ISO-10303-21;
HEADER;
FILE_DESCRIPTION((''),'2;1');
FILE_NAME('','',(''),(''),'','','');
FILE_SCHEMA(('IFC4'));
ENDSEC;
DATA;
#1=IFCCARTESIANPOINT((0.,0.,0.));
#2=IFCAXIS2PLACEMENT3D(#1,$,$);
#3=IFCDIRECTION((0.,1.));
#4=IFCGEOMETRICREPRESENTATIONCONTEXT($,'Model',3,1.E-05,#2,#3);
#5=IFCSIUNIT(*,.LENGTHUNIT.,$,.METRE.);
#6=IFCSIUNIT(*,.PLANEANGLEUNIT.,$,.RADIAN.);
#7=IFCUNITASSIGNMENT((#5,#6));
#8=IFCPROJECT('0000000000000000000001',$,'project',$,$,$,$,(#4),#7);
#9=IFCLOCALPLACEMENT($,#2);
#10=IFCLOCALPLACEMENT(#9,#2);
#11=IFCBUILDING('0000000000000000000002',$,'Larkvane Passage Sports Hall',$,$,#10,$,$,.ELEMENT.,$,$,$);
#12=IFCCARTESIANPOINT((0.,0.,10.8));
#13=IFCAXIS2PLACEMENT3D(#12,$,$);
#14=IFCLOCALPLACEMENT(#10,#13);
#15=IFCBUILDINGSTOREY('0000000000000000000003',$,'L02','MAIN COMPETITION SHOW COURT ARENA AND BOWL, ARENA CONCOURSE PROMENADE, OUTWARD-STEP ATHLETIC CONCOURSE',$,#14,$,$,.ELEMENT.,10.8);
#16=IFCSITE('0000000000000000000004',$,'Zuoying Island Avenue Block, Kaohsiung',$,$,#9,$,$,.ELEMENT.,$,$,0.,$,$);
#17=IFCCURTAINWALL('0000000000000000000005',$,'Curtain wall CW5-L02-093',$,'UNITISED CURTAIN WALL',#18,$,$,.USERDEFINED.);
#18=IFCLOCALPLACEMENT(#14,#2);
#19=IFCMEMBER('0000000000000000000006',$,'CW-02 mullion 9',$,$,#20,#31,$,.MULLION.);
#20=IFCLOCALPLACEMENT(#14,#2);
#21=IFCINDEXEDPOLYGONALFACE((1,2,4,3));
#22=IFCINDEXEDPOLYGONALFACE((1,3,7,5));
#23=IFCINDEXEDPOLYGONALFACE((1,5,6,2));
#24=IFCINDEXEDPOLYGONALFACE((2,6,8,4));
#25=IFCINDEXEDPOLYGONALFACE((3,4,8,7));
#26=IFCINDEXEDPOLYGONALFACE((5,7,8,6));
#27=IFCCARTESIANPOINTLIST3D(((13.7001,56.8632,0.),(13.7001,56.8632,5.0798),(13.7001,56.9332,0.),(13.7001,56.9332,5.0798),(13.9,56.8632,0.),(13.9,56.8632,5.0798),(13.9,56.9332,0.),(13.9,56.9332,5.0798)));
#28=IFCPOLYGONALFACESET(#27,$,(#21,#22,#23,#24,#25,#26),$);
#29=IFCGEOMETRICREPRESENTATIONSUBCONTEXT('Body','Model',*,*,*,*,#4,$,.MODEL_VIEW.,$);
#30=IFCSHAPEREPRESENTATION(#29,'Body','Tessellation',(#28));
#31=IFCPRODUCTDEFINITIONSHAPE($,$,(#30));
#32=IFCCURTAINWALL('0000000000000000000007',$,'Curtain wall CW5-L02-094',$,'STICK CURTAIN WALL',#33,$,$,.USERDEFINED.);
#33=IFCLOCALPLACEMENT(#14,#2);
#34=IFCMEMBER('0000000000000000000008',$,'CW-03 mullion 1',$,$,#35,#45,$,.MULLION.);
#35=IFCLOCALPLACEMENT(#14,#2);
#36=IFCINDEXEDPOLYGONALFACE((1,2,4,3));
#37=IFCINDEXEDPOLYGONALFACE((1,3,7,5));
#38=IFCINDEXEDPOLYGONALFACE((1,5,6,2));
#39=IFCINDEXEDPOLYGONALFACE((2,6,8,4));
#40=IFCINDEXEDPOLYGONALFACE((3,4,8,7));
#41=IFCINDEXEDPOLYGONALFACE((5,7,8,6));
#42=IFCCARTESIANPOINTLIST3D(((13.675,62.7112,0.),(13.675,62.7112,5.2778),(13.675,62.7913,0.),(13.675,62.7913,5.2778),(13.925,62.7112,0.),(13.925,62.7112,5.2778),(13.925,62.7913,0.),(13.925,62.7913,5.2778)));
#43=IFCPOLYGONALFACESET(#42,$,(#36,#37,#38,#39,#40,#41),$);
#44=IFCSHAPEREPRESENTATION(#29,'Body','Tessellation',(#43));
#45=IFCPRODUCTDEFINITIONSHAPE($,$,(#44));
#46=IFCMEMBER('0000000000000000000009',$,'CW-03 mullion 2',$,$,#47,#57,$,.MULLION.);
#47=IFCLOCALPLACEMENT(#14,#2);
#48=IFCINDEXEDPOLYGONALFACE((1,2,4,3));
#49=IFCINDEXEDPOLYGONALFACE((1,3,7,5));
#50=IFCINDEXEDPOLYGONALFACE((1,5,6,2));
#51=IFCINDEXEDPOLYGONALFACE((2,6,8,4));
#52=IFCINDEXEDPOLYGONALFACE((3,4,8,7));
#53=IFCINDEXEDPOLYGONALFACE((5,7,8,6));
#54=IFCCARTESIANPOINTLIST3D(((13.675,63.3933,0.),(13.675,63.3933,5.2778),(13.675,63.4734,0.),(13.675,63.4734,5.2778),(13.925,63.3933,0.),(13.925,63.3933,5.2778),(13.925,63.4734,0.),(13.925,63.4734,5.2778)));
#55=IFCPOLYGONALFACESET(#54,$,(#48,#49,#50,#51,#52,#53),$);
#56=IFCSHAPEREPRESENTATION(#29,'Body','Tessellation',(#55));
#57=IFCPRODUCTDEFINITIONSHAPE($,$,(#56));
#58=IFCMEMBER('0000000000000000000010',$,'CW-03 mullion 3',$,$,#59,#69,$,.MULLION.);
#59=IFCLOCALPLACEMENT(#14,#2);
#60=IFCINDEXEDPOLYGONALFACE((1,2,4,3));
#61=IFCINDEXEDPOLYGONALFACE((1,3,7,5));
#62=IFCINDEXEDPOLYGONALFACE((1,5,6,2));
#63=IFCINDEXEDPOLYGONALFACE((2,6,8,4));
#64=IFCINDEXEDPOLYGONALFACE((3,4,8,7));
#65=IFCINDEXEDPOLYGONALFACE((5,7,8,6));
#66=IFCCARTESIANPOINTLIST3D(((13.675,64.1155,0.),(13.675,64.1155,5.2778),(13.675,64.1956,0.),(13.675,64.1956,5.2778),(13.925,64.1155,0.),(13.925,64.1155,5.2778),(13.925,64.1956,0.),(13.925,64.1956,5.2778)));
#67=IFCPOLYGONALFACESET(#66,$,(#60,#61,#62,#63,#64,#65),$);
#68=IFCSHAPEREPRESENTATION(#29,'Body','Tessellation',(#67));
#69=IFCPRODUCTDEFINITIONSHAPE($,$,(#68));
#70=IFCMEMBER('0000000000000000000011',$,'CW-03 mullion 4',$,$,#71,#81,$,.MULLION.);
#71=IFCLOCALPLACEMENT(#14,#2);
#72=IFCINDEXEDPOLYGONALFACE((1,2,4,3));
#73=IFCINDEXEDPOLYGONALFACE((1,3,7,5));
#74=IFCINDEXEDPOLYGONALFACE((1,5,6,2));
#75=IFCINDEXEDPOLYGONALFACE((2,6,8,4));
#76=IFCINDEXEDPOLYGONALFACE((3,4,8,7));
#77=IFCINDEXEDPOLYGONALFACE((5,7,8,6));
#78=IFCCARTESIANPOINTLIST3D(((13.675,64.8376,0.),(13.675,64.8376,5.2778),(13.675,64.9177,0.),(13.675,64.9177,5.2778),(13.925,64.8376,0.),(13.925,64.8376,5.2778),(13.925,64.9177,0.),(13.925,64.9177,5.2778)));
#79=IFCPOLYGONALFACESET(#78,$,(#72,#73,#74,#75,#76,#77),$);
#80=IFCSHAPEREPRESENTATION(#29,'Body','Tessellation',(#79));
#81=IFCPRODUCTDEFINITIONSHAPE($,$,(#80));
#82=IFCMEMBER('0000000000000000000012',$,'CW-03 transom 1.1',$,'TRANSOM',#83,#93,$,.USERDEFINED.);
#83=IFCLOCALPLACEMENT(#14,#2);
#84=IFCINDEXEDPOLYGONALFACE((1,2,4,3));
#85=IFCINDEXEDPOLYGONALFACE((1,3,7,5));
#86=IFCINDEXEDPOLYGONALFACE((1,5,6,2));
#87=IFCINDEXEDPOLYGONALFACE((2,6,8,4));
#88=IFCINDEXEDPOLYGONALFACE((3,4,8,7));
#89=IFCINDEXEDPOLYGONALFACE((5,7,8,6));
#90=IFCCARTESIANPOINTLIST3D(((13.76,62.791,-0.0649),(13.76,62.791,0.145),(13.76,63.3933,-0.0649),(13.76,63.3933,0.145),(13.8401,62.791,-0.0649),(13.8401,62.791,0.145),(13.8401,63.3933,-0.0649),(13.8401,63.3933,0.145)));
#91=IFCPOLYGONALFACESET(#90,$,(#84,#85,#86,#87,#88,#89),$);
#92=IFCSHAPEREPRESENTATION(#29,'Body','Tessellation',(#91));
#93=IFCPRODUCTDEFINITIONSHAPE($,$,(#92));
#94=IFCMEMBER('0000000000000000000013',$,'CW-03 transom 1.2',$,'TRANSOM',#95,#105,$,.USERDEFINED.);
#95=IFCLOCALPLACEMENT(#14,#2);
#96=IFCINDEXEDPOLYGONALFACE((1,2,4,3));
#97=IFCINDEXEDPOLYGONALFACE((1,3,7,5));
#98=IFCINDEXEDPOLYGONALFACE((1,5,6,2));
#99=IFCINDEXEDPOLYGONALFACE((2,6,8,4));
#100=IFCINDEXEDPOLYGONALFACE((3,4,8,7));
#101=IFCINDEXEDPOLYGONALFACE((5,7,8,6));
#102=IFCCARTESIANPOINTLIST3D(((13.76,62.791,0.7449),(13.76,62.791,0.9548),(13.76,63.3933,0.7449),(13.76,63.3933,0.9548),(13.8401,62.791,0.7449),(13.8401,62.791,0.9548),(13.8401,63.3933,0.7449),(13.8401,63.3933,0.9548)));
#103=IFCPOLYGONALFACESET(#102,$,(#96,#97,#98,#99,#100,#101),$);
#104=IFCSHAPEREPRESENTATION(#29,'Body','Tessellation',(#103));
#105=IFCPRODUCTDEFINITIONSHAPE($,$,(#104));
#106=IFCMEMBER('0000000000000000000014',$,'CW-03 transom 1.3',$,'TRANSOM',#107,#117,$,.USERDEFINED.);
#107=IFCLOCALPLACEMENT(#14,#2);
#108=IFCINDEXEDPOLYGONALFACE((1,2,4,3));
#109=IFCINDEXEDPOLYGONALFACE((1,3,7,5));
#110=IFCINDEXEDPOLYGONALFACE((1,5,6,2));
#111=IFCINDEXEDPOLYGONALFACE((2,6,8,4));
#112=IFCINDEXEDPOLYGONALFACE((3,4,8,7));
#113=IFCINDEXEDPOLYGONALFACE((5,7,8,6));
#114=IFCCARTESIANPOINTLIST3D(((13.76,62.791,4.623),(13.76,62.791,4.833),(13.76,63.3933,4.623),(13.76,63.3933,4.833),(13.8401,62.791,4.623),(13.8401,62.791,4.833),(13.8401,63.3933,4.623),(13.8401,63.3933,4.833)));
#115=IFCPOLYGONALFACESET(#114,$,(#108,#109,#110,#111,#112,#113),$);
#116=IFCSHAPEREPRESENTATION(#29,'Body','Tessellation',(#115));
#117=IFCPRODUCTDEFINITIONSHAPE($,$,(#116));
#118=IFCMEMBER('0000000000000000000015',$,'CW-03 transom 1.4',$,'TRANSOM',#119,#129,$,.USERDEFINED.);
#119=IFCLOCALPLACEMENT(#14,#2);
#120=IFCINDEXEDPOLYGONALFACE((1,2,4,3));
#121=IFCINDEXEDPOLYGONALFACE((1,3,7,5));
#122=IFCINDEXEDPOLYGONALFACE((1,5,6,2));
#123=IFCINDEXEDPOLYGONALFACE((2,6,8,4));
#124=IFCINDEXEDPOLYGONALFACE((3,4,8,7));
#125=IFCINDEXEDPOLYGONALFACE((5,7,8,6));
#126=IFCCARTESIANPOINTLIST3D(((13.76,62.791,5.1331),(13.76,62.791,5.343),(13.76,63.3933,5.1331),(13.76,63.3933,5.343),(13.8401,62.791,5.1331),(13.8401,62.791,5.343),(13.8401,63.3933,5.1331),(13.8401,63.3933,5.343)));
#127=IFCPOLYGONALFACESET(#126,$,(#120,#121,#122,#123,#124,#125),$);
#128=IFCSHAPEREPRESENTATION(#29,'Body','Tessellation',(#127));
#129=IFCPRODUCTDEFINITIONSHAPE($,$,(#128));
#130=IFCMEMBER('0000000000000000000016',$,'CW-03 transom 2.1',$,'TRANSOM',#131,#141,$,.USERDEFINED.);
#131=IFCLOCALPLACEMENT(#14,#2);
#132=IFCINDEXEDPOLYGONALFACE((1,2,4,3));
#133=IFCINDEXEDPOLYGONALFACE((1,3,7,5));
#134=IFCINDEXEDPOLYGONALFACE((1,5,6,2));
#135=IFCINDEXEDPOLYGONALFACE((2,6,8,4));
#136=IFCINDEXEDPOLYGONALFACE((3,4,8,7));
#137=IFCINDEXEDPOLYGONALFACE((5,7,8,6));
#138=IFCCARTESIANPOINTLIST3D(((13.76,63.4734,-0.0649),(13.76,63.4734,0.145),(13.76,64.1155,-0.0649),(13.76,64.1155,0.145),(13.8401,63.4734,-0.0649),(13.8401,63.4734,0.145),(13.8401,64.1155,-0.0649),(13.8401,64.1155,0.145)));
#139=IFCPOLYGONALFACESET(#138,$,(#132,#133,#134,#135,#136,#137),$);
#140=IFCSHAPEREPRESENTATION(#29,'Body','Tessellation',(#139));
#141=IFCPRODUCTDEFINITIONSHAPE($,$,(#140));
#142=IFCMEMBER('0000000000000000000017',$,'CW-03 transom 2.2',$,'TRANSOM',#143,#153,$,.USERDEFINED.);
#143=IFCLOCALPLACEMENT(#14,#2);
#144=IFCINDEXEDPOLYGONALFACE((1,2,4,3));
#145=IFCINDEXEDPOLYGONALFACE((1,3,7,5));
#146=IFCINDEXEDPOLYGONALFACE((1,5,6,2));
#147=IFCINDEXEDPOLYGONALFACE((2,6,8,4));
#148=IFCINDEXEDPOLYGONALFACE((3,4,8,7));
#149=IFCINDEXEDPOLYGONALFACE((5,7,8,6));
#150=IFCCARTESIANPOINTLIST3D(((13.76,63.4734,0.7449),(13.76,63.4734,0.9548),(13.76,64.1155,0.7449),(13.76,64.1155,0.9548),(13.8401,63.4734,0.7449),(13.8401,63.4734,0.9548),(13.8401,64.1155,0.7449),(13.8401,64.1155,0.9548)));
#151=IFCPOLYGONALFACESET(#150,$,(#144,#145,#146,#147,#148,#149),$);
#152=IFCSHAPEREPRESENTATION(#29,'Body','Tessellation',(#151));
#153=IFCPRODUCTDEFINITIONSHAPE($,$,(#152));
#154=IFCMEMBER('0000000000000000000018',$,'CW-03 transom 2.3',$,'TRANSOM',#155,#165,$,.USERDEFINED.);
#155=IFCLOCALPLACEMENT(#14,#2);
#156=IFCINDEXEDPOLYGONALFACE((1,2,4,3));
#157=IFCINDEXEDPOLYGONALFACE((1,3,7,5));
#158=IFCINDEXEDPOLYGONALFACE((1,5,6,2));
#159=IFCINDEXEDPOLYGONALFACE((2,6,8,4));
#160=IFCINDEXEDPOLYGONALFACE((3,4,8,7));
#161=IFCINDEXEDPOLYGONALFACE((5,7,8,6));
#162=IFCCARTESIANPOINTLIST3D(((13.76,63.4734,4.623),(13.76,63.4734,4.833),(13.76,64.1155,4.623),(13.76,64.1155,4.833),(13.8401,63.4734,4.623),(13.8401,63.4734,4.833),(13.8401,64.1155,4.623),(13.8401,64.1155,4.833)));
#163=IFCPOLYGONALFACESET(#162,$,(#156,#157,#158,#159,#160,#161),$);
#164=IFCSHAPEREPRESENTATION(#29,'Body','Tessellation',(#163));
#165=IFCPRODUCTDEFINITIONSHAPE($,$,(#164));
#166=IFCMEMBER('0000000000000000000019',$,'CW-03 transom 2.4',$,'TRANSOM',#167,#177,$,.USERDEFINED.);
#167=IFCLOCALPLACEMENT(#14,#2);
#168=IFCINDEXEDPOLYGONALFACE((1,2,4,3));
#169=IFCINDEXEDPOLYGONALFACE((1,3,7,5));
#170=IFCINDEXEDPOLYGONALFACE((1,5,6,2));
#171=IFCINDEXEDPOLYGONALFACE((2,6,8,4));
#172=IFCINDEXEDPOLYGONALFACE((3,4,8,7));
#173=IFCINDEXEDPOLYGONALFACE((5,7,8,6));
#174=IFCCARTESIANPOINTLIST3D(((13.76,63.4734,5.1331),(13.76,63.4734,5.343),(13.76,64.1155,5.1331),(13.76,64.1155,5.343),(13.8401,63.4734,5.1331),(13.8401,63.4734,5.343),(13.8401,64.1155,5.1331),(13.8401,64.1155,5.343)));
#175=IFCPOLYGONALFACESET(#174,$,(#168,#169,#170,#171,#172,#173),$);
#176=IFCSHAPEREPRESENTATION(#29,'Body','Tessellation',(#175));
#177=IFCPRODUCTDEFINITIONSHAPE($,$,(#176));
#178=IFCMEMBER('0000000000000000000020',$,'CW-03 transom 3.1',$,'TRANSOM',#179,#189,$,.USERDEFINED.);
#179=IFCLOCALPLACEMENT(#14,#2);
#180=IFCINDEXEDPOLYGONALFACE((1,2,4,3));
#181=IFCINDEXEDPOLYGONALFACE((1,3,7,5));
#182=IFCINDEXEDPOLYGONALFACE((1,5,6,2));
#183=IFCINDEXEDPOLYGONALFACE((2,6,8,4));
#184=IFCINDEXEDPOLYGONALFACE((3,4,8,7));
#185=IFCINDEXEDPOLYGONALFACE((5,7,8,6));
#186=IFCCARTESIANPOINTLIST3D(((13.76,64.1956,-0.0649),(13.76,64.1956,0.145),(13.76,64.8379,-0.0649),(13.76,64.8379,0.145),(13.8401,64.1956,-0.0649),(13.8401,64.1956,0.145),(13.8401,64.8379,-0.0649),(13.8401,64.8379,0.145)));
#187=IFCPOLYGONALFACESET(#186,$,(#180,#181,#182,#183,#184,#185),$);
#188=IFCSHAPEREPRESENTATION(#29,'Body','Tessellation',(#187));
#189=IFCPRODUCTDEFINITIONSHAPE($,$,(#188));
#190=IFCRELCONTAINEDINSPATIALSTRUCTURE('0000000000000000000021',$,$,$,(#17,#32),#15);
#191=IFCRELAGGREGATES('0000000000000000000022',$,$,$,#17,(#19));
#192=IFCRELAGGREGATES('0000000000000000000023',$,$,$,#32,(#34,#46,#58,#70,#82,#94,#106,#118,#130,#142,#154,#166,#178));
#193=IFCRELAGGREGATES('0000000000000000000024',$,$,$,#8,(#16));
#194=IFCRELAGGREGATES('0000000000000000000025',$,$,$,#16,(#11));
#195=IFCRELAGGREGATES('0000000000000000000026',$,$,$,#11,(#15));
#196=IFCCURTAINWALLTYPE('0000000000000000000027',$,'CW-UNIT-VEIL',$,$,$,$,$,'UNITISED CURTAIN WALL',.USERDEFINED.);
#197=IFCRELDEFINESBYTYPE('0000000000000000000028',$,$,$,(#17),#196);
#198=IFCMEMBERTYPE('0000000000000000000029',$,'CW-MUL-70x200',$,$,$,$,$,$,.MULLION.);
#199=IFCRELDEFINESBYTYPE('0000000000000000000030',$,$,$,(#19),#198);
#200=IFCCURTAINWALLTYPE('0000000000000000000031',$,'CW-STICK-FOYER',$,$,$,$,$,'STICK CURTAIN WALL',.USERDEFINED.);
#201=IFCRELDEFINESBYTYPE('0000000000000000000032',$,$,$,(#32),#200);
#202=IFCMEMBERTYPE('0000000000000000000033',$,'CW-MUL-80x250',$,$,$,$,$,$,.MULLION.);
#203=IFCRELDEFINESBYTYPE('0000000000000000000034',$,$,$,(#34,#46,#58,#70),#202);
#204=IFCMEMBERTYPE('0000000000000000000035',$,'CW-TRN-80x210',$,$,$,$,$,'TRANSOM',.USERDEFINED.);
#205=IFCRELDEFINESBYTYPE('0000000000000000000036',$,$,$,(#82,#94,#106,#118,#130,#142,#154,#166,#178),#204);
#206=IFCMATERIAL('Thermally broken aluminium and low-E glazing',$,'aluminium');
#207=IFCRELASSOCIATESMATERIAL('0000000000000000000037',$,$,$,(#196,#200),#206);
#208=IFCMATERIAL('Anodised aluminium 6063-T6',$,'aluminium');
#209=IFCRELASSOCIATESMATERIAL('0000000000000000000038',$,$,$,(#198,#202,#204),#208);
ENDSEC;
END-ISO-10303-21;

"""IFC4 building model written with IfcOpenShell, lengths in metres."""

from ifc_helpers import new_model, si_unit, direction, frame, origin, origin_2d, place, context, subcontext, project, spatial, rectangle, extrude, material, material_profile, profile_set, type_object, element, aggregate, save


model = new_model("IFC4")

# Units and contexts
model_context = context("Model", 3, precision=1e-05, world=origin(), true_north=direction((0.0, 1.0)))
body_context = subcontext(model_context, "Body", "Model", "MODEL_VIEW")
ifc_project = project(units=[si_unit("LENGTHUNIT", "METRE"), si_unit("PLANEANGLEUNIT", "RADIAN")], contexts=[model_context])

# Site, building, storey
site_placement = place(None, origin())
site = spatial("IfcSite", under=ifc_project, at=site_placement, Name="Zuoying Island Avenue Block, Kaohsiung", CompositionType="ELEMENT", RefElevation=0.0)
building_placement = place(site_placement, origin())
building = spatial("IfcBuilding", under=site, at=building_placement, Name="Larkvane Passage Sports Hall", CompositionType="ELEMENT")
storey_placement = place(building_placement, frame((0.0, 0.0, 10.8)))
storey = spatial("IfcBuildingStorey", under=building, at=storey_placement, Name="L02", Description="MAIN COMPETITION SHOW COURT ARENA AND BOWL, ARENA CONCOURSE PROMENADE, OUTWARD-STEP ATHLETIC CONCOURSE", CompositionType="ELEMENT", Elevation=10.8)

# Curtain wall, member
ifc_material_1 = material(Name="Thermally broken aluminium and low-E glazing", Category="aluminium")
curtain_wall_type_1 = type_object("IfcCurtainWallType", Name="CW-UNIT-VEIL", ElementType="UNITISED CURTAIN WALL", PredefinedType="USERDEFINED", material=ifc_material_1)
curtain_wall_1_placement = place(storey_placement, origin())
curtain_wall_1 = element("IfcCurtainWall", 1, at=curtain_wall_1_placement, inside=storey, type_object=curtain_wall_type_1, Name="Curtain wall CW5-L02-093", ObjectType="UNITISED CURTAIN WALL", PredefinedType="USERDEFINED")
ifc_material_2 = material(Name="Anodised aluminium 6063-T6", Category="aluminium")
ifc_material_profile_1 = material_profile(ifc_material_2, rectangle(XDim=0.0701, YDim=0.2, at=origin_2d()), Name="ALU-MUL-70x200")
ifc_profile_set_1 = profile_set([ifc_material_profile_1], Name="Anodised aluminium 6063-T6")
member_type_1 = type_object("IfcMemberType", Name="CW-MUL-70x200", PredefinedType="MULLION", material=ifc_profile_set_1)
member_1_placement = place(storey_placement, frame((13.8, 56.8982, 0.0), z_axis=(0.0, 0.0, 1.0), x_axis=(0.0, 1.0, 0.0)))
member_1 = element("IfcMember", 2, at=member_1_placement, type_object=member_type_1, Name="CW-02 mullion 9", PredefinedType="MULLION", context=body_context, shape_type="SweptSolid", body=[
    extrude(rectangle(XDim=0.0701, YDim=0.2, at=origin_2d()), origin(), (0.0, 0.0, 1.0), 5.0798),
])
aggregate(curtain_wall_1, [member_1])

# Curtain wall, members
curtain_wall_type_2 = type_object("IfcCurtainWallType", Name="CW-STICK-FOYER", ElementType="STICK CURTAIN WALL", PredefinedType="USERDEFINED", material=ifc_material_1)
curtain_wall_2_placement = place(storey_placement, origin())
curtain_wall_2 = element("IfcCurtainWall", 3, at=curtain_wall_2_placement, inside=storey, type_object=curtain_wall_type_2, Name="Curtain wall CW5-L02-094", ObjectType="STICK CURTAIN WALL", PredefinedType="USERDEFINED")
ifc_material_profile_2 = material_profile(ifc_material_2, rectangle(XDim=0.0801, YDim=0.25, at=origin_2d()), Name="ALU-MUL-80x250")
ifc_profile_set_2 = profile_set([ifc_material_profile_2], Name="Anodised aluminium 6063-T6")
member_type_2 = type_object("IfcMemberType", Name="CW-MUL-80x250", PredefinedType="MULLION", material=ifc_profile_set_2)
member_2_placement = place(storey_placement, frame((13.8, 62.7512, 0.0), z_axis=(0.0, 0.0, 1.0), x_axis=(0.0, 1.0, 0.0)))
member_2 = element("IfcMember", 4, at=member_2_placement, type_object=member_type_2, Name="CW-03 mullion 1", PredefinedType="MULLION", context=body_context, shape_type="SweptSolid", body=[
    extrude(rectangle(XDim=0.0801, YDim=0.25, at=origin_2d()), origin(), (0.0, 0.0, 1.0), 5.2778),
])
member_3_placement = place(storey_placement, frame((13.8, 63.4333, 0.0), z_axis=(0.0, 0.0, 1.0), x_axis=(0.0, 1.0, 0.0)))
member_3 = element("IfcMember", 5, at=member_3_placement, type_object=member_type_2, Name="CW-03 mullion 2", PredefinedType="MULLION", context=body_context, shape_type="SweptSolid", body=[
    extrude(rectangle(XDim=0.0801, YDim=0.25, at=origin_2d()), origin(), (0.0, 0.0, 1.0), 5.2778),
])
member_4_placement = place(storey_placement, frame((13.8, 64.1555, 0.0), z_axis=(0.0, 0.0, 1.0), x_axis=(0.0, 1.0, 0.0)))
member_4 = element("IfcMember", 6, at=member_4_placement, type_object=member_type_2, Name="CW-03 mullion 3", PredefinedType="MULLION", context=body_context, shape_type="SweptSolid", body=[
    extrude(rectangle(XDim=0.0801, YDim=0.25, at=origin_2d()), origin(), (0.0, 0.0, 1.0), 5.2778),
])
member_5_placement = place(storey_placement, frame((13.8, 64.8777, 0.0), z_axis=(0.0, 0.0, 1.0), x_axis=(0.0, 1.0, 0.0)))
member_5 = element("IfcMember", 7, at=member_5_placement, type_object=member_type_2, Name="CW-03 mullion 4", PredefinedType="MULLION", context=body_context, shape_type="SweptSolid", body=[
    extrude(rectangle(XDim=0.0801, YDim=0.25, at=origin_2d()), origin(), (0.0, 0.0, 1.0), 5.2778),
])
ifc_material_profile_3 = material_profile(ifc_material_2, rectangle(XDim=0.0801, YDim=0.21, at=origin_2d()), Name="ALU-TRN-80x210")
ifc_profile_set_3 = profile_set([ifc_material_profile_3], Name="Anodised aluminium 6063-T6")
member_type_3 = type_object("IfcMemberType", Name="CW-TRN-80x210", ElementType="TRANSOM", PredefinedType="USERDEFINED", material=ifc_profile_set_3)
member_6_placement = place(storey_placement, frame((13.8, 62.791, 0.04), z_axis=(0.0, 1.0, 0.0), x_axis=(-1.0, 0.0, 0.0)))
member_6 = element("IfcMember", 8, at=member_6_placement, type_object=member_type_3, Name="CW-03 transom 1.1", ObjectType="TRANSOM", PredefinedType="USERDEFINED", context=body_context, shape_type="SweptSolid", body=[
    extrude(rectangle(XDim=0.0801, YDim=0.21, at=origin_2d()), origin(), (0.0, 0.0, 1.0), 0.6023),
])
member_7_placement = place(storey_placement, frame((13.8, 62.791, 0.8499), z_axis=(0.0, 1.0, 0.0), x_axis=(-1.0, 0.0, 0.0)))
member_7 = element("IfcMember", 9, at=member_7_placement, type_object=member_type_3, Name="CW-03 transom 1.2", ObjectType="TRANSOM", PredefinedType="USERDEFINED", context=body_context, shape_type="SweptSolid", body=[
    extrude(rectangle(XDim=0.0801, YDim=0.21, at=origin_2d()), origin(), (0.0, 0.0, 1.0), 0.6023),
])
member_8_placement = place(storey_placement, frame((13.8, 62.791, 4.728), z_axis=(0.0, 1.0, 0.0), x_axis=(-1.0, 0.0, 0.0)))
member_8 = element("IfcMember", 10, at=member_8_placement, type_object=member_type_3, Name="CW-03 transom 1.3", ObjectType="TRANSOM", PredefinedType="USERDEFINED", context=body_context, shape_type="SweptSolid", body=[
    extrude(rectangle(XDim=0.0801, YDim=0.21, at=origin_2d()), origin(), (0.0, 0.0, 1.0), 0.6023),
])
member_9_placement = place(storey_placement, frame((13.8, 62.791, 5.238), z_axis=(0.0, 1.0, 0.0), x_axis=(-1.0, 0.0, 0.0)))
member_9 = element("IfcMember", 11, at=member_9_placement, type_object=member_type_3, Name="CW-03 transom 1.4", ObjectType="TRANSOM", PredefinedType="USERDEFINED", context=body_context, shape_type="SweptSolid", body=[
    extrude(rectangle(XDim=0.0801, YDim=0.21, at=origin_2d()), origin(), (0.0, 0.0, 1.0), 0.6023),
])
member_10_placement = place(storey_placement, frame((13.8, 63.4734, 0.04), z_axis=(0.0, 1.0, 0.0), x_axis=(-1.0, 0.0, 0.0)))
member_10 = element("IfcMember", 12, at=member_10_placement, type_object=member_type_3, Name="CW-03 transom 2.1", ObjectType="TRANSOM", PredefinedType="USERDEFINED", context=body_context, shape_type="SweptSolid", body=[
    extrude(rectangle(XDim=0.0801, YDim=0.21, at=origin_2d()), origin(), (0.0, 0.0, 1.0), 0.6421),
])
member_11_placement = place(storey_placement, frame((13.8, 63.4734, 0.8499), z_axis=(0.0, 1.0, 0.0), x_axis=(-1.0, 0.0, 0.0)))
member_11 = element("IfcMember", 13, at=member_11_placement, type_object=member_type_3, Name="CW-03 transom 2.2", ObjectType="TRANSOM", PredefinedType="USERDEFINED", context=body_context, shape_type="SweptSolid", body=[
    extrude(rectangle(XDim=0.0801, YDim=0.21, at=origin_2d()), origin(), (0.0, 0.0, 1.0), 0.6421),
])
member_12_placement = place(storey_placement, frame((13.8, 63.4734, 4.728), z_axis=(0.0, 1.0, 0.0), x_axis=(-1.0, 0.0, 0.0)))
member_12 = element("IfcMember", 14, at=member_12_placement, type_object=member_type_3, Name="CW-03 transom 2.3", ObjectType="TRANSOM", PredefinedType="USERDEFINED", context=body_context, shape_type="SweptSolid", body=[
    extrude(rectangle(XDim=0.0801, YDim=0.21, at=origin_2d()), origin(), (0.0, 0.0, 1.0), 0.6421),
])
member_13_placement = place(storey_placement, frame((13.8, 63.4734, 5.238), z_axis=(0.0, 1.0, 0.0), x_axis=(-1.0, 0.0, 0.0)))
member_13 = element("IfcMember", 15, at=member_13_placement, type_object=member_type_3, Name="CW-03 transom 2.4", ObjectType="TRANSOM", PredefinedType="USERDEFINED", context=body_context, shape_type="SweptSolid", body=[
    extrude(rectangle(XDim=0.0801, YDim=0.21, at=origin_2d()), origin(), (0.0, 0.0, 1.0), 0.6421),
])
member_14_placement = place(storey_placement, frame((13.8, 64.1956, 0.04), z_axis=(0.0, 1.0, 0.0), x_axis=(-1.0, 0.0, 0.0)))
member_14 = element("IfcMember", 16, at=member_14_placement, type_object=member_type_3, Name="CW-03 transom 3.1", ObjectType="TRANSOM", PredefinedType="USERDEFINED", context=body_context, shape_type="SweptSolid", body=[
    extrude(rectangle(XDim=0.0801, YDim=0.21, at=origin_2d()), origin(), (0.0, 0.0, 1.0), 0.6423),
])
aggregate(curtain_wall_2, [member_2, member_3, member_4, member_5, member_6, member_7, member_8, member_9, member_10, member_11, member_12, member_13, member_14])

save(model, "model.ifc")
